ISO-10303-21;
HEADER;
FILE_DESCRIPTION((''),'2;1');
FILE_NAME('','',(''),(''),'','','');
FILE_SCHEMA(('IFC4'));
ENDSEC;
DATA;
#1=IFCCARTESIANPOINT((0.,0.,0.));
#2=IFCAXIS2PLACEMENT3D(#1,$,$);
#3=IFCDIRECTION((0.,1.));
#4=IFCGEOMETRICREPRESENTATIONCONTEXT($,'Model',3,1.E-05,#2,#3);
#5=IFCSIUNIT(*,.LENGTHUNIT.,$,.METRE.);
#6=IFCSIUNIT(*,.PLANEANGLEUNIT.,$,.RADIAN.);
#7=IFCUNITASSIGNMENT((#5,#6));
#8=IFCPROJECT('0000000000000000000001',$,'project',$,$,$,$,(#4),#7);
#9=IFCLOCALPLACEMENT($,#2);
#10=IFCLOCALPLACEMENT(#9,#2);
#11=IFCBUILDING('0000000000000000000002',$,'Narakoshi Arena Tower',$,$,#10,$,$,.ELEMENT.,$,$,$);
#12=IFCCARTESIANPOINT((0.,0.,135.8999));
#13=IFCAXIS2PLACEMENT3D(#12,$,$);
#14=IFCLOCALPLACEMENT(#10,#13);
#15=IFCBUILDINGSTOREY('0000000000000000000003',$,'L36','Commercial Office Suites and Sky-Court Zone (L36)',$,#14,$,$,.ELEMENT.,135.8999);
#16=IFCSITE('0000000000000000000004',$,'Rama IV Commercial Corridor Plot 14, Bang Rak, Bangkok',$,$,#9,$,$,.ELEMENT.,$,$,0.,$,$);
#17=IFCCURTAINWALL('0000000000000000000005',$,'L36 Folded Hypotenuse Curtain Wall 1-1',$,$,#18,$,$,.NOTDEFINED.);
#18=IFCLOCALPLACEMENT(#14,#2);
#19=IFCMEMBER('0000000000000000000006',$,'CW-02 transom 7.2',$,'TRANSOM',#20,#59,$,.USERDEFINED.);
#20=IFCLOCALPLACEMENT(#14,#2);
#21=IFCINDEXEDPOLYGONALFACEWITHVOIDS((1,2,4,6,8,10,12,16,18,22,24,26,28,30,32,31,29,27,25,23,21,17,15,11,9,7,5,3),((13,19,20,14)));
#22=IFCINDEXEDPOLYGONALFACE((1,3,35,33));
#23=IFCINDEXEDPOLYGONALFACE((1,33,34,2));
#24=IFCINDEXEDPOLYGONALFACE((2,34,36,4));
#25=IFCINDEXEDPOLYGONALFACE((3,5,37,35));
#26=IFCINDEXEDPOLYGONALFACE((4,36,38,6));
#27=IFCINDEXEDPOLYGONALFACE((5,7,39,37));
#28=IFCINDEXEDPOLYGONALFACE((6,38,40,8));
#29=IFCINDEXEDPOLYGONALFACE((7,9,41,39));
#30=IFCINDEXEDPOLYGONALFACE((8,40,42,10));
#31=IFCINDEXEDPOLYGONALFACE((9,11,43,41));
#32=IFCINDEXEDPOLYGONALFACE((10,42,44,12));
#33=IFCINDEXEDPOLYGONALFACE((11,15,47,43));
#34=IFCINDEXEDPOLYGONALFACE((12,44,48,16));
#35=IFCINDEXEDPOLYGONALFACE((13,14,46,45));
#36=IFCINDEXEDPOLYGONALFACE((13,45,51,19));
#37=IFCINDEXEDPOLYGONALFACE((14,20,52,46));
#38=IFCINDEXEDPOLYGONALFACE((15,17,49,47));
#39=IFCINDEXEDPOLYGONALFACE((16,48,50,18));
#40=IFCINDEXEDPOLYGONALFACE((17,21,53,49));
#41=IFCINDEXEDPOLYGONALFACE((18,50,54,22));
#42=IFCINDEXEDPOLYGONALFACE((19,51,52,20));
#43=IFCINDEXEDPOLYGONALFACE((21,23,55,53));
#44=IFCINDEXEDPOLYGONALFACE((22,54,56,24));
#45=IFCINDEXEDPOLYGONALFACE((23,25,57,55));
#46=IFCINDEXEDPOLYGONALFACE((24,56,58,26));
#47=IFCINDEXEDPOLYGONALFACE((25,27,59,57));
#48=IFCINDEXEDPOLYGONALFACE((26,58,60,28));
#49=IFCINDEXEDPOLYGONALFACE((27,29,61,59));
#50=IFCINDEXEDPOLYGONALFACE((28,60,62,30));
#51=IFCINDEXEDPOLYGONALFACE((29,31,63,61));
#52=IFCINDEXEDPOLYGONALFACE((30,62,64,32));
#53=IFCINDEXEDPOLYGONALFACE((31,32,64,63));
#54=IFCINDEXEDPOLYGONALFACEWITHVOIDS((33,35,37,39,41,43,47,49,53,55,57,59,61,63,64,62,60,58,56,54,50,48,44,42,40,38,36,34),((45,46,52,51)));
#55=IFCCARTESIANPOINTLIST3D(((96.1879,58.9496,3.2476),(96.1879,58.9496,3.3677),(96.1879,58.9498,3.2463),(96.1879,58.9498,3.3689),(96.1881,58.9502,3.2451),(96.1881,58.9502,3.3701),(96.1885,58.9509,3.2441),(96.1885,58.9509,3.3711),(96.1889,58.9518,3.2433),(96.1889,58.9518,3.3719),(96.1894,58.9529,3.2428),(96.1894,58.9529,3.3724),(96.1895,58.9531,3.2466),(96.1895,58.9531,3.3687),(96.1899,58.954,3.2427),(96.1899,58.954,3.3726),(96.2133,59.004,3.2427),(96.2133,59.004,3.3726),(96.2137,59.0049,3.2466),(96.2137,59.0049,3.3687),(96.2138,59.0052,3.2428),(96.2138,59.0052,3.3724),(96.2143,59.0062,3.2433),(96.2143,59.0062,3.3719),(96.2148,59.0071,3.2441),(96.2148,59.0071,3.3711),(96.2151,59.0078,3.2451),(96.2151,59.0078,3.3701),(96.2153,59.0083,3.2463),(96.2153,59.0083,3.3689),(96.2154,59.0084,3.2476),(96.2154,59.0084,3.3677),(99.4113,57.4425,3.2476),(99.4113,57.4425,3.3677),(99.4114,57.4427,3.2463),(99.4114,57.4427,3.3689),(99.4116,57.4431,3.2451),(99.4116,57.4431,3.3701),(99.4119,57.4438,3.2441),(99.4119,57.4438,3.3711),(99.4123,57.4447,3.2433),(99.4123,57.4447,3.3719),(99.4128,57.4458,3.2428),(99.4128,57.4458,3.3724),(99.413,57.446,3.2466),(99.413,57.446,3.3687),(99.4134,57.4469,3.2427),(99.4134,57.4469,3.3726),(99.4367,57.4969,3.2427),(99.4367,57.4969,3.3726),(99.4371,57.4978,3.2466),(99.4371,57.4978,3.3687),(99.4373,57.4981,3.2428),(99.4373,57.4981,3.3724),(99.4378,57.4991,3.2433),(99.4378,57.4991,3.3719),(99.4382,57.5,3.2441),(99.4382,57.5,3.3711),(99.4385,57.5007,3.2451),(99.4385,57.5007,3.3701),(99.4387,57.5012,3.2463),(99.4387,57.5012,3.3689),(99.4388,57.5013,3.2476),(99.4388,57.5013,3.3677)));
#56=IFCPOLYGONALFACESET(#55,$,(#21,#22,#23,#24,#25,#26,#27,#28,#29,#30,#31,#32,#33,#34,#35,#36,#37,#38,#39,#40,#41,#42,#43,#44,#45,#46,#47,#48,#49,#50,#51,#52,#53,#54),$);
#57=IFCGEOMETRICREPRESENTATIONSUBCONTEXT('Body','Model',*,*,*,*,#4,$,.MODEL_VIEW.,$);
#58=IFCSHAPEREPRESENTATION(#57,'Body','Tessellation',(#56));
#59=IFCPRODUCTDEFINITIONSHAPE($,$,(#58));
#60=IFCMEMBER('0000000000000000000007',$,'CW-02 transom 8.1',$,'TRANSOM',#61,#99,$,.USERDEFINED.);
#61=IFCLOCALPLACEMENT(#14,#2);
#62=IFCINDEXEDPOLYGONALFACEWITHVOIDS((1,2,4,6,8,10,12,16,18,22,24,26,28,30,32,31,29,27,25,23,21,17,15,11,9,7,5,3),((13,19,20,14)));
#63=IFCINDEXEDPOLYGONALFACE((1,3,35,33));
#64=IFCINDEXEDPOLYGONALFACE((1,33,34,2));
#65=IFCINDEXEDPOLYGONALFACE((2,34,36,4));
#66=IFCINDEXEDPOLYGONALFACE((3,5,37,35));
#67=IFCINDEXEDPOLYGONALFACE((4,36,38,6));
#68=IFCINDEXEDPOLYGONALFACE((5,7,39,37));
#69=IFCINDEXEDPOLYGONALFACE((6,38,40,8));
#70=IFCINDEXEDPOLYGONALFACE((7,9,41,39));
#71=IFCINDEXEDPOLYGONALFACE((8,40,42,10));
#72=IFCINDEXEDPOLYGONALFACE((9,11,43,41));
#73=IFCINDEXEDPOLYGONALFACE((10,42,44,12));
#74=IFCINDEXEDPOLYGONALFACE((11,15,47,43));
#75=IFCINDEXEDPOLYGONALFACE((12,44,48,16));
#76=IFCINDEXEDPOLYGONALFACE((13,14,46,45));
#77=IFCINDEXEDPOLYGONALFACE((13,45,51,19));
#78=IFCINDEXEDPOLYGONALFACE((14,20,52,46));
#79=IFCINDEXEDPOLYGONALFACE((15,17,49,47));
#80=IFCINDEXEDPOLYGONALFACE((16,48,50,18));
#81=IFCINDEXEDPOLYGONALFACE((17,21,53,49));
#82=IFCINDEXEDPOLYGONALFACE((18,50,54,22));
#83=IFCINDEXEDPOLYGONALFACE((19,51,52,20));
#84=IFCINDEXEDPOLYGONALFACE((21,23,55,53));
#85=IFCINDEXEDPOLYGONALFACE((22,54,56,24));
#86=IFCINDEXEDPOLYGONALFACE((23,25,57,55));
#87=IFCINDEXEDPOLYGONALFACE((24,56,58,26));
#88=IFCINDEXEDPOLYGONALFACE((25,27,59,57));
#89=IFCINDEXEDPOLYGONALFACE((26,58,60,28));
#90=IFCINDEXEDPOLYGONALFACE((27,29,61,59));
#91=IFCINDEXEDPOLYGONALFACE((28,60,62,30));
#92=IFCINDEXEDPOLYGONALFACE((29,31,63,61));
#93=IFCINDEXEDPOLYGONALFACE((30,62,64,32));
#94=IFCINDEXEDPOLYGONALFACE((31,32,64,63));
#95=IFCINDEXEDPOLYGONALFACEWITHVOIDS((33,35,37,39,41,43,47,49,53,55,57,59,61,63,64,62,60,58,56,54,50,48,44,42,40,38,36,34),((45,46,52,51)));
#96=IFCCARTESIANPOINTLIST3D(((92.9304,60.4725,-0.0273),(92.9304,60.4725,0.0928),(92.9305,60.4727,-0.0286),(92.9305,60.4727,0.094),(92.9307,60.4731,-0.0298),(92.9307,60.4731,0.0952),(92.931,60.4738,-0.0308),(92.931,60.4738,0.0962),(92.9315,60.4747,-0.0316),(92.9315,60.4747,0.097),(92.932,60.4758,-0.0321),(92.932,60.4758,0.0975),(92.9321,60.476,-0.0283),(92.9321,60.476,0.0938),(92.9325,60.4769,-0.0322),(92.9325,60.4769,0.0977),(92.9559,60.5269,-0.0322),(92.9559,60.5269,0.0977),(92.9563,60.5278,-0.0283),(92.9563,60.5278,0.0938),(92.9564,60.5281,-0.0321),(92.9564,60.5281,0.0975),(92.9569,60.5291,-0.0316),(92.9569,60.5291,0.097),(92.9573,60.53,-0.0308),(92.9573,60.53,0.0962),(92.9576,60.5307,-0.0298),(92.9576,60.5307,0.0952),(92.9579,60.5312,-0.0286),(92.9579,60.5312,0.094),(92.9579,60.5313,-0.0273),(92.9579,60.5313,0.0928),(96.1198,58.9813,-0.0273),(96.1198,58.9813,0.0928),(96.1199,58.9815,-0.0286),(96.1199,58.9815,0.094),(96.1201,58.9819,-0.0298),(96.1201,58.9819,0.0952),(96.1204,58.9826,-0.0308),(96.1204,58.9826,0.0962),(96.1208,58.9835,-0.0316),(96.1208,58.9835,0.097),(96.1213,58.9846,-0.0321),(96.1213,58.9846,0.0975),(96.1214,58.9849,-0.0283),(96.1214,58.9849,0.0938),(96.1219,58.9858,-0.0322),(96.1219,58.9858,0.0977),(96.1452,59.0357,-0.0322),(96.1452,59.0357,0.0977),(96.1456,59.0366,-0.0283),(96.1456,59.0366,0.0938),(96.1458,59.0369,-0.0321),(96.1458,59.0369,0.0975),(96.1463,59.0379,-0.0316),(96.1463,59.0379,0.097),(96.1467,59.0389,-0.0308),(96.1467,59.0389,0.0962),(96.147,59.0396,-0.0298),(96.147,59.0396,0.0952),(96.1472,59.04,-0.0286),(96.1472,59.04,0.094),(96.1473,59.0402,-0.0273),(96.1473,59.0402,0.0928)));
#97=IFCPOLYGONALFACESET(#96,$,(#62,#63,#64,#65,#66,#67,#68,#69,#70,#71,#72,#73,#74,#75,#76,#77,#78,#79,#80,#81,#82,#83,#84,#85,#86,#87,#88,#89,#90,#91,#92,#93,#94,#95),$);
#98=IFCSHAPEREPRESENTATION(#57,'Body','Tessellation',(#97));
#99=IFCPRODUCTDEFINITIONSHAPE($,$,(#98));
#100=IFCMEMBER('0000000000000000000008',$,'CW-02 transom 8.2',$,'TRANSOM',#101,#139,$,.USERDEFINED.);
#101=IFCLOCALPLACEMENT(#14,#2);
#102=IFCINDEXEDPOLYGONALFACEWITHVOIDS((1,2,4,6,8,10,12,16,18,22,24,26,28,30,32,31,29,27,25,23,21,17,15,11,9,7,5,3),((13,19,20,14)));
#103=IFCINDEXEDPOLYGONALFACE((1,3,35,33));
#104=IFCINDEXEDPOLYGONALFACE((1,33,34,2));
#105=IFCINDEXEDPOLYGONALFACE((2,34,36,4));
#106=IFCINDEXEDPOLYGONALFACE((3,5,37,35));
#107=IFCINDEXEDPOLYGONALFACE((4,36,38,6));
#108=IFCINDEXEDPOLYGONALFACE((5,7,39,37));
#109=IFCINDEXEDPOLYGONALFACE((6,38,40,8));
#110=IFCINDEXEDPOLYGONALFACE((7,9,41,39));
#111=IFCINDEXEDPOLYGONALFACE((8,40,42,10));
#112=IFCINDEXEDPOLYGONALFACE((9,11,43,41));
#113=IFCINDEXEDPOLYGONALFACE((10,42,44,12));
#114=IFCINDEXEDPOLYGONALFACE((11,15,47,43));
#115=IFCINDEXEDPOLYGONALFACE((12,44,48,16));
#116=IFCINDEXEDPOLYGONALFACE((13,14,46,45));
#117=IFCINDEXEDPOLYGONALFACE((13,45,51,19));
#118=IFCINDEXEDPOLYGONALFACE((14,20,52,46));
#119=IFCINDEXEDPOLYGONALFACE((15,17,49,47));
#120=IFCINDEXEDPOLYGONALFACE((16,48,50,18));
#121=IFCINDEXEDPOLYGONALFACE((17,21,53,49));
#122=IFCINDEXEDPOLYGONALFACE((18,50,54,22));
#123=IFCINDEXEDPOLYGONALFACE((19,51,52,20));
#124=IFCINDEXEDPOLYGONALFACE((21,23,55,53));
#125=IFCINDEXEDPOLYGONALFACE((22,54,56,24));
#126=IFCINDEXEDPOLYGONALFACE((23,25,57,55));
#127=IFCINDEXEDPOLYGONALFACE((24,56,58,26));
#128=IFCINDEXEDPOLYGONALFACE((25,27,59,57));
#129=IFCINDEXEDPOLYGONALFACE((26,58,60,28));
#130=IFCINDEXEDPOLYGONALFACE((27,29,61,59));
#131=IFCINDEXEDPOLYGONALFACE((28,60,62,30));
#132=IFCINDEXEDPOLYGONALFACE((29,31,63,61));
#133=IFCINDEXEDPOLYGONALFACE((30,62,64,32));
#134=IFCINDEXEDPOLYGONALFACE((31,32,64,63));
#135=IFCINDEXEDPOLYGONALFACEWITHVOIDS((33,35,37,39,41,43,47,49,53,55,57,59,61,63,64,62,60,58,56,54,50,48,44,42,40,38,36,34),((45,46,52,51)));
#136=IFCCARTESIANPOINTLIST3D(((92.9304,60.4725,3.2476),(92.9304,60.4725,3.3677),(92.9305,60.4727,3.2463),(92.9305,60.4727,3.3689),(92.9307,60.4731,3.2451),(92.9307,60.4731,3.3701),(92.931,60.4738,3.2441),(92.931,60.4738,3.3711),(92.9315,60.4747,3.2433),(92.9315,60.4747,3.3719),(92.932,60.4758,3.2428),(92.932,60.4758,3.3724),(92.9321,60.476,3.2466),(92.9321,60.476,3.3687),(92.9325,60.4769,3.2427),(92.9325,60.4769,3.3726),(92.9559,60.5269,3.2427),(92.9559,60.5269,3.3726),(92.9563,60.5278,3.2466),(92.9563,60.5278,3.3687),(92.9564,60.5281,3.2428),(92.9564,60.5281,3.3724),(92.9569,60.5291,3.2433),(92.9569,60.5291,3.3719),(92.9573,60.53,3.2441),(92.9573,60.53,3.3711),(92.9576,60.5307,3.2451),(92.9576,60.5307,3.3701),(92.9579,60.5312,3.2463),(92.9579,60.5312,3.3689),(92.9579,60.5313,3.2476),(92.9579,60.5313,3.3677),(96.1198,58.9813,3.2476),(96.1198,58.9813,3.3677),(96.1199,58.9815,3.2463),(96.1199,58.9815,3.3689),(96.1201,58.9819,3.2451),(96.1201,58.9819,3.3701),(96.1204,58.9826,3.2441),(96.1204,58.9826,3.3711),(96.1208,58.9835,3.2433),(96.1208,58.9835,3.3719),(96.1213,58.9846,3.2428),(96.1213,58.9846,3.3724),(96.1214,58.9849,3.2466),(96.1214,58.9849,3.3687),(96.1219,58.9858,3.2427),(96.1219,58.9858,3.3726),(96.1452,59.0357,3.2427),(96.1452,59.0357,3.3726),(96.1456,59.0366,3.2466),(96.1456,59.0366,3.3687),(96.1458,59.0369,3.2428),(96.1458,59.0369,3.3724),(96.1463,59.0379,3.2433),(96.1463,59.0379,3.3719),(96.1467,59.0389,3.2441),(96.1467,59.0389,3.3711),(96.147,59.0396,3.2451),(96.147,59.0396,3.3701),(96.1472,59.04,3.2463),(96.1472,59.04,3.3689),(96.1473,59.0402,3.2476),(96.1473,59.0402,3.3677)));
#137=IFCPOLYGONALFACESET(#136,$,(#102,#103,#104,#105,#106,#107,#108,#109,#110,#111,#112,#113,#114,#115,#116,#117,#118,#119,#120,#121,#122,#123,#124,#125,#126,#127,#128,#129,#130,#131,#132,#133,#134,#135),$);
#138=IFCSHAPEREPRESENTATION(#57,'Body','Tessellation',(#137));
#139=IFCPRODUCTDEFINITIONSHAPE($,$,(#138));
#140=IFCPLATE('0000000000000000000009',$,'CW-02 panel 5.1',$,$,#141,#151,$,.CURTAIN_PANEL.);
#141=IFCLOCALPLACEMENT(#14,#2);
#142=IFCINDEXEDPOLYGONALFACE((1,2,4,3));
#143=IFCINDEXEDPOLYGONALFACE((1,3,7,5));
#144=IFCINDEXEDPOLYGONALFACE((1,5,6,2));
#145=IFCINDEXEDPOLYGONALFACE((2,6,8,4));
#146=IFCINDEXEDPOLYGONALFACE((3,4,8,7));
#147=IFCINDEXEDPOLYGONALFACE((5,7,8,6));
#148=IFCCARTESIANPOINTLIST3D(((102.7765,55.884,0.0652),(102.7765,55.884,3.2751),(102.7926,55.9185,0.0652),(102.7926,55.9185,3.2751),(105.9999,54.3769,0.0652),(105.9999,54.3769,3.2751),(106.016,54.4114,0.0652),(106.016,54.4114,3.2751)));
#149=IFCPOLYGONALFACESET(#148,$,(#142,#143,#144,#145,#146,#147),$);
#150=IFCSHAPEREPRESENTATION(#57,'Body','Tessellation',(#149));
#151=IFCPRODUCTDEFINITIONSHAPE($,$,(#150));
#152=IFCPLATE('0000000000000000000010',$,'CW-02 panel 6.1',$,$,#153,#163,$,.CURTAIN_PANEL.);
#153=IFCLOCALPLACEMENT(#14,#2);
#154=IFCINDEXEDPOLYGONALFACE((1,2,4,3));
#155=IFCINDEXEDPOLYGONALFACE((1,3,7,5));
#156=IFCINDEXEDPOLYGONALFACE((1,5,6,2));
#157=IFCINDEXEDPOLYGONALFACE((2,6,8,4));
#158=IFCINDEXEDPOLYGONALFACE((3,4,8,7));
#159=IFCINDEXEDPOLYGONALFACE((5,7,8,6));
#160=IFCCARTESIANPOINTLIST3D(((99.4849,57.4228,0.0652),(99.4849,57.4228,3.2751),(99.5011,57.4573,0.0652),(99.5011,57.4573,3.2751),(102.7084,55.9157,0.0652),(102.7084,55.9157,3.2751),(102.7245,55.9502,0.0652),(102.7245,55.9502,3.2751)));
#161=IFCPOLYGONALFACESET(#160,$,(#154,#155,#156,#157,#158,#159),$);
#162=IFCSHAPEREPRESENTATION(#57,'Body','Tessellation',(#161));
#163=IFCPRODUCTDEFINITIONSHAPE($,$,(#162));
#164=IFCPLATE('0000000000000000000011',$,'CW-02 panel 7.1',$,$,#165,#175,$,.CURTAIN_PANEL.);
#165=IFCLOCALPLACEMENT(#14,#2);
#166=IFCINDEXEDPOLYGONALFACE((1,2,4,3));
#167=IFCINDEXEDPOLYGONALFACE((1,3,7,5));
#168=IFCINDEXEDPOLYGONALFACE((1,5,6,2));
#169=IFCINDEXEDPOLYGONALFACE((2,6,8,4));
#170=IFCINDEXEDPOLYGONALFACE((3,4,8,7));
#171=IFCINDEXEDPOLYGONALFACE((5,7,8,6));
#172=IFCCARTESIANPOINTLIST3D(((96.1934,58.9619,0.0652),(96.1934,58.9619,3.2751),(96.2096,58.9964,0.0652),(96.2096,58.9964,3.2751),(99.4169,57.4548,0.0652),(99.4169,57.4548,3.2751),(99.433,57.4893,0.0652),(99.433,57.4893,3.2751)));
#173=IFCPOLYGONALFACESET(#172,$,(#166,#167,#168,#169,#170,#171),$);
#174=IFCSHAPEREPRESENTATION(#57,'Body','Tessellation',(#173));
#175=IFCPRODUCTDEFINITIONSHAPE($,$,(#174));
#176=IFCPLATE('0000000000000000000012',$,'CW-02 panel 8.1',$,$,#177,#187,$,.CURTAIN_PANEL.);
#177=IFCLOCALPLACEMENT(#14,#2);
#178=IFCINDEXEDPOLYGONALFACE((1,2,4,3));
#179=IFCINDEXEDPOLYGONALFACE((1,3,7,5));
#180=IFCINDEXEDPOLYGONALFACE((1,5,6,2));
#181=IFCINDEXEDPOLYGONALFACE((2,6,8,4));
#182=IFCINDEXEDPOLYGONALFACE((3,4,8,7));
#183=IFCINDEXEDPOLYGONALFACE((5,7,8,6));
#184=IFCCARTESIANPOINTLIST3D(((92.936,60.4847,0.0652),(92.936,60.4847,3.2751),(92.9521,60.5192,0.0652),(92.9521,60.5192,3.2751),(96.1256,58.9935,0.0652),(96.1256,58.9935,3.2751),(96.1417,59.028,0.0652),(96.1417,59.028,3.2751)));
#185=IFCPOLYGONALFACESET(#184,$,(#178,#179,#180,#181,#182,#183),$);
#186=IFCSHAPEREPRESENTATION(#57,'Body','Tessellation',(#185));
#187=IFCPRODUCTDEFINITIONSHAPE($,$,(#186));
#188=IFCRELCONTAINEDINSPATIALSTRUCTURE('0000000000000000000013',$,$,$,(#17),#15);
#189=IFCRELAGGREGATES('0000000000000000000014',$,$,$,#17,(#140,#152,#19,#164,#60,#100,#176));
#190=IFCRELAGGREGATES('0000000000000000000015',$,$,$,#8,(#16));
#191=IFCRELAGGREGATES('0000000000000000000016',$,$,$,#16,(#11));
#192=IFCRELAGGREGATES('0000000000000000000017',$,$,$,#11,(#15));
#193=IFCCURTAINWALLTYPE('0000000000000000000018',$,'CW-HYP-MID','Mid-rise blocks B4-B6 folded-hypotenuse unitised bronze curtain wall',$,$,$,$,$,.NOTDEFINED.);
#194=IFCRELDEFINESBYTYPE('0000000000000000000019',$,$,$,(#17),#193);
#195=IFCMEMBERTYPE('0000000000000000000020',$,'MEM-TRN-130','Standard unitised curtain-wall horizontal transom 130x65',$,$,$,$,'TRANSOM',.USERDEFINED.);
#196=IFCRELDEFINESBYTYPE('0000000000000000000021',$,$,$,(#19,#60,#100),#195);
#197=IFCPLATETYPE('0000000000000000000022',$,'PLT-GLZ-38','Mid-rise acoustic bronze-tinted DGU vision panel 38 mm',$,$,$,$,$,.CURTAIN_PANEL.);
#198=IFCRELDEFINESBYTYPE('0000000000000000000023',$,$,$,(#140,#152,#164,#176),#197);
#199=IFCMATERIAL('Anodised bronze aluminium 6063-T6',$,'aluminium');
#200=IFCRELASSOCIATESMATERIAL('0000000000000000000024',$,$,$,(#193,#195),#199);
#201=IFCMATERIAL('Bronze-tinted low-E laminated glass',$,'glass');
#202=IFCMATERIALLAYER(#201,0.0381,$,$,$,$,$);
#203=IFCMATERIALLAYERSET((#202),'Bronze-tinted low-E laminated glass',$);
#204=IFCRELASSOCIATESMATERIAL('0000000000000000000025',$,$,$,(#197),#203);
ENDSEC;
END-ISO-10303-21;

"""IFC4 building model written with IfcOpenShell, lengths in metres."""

from ifc_helpers import new_model, si_unit, direction, frame, origin, origin_2d, place, context, subcontext, project, spatial, rectangle, hollow_rectangle, extrude, material, layer, layer_set, material_profile, profile_set, type_object, element, aggregate, save


model = new_model("IFC4")

# Units and contexts
model_context = context("Model", 3, precision=1e-05, world=origin(), true_north=direction((0.0, 1.0)))
body_context = subcontext(model_context, "Body", "Model", "MODEL_VIEW")
ifc_project = project(units=[si_unit("LENGTHUNIT", "METRE"), si_unit("PLANEANGLEUNIT", "RADIAN")], contexts=[model_context])

# Site, building, storey
site_placement = place(None, origin())
site = spatial("IfcSite", under=ifc_project, at=site_placement, Name="Rama IV Commercial Corridor Plot 14, Bang Rak, Bangkok", CompositionType="ELEMENT", RefElevation=0.0)
building_placement = place(site_placement, origin())
building = spatial("IfcBuilding", under=site, at=building_placement, Name="Narakoshi Arena Tower", CompositionType="ELEMENT")
storey_placement = place(building_placement, frame((0.0, 0.0, 135.8999)))
storey = spatial("IfcBuildingStorey", under=building, at=storey_placement, Name="L36", Description="Commercial Office Suites and Sky-Court Zone (L36)", CompositionType="ELEMENT", Elevation=135.8999)

# Curtain wall, members, plates
ifc_material_1 = material(Name="Anodised bronze aluminium 6063-T6", Category="aluminium")
curtain_wall_type = type_object("IfcCurtainWallType", Name="CW-HYP-MID", Description="Mid-rise blocks B4-B6 folded-hypotenuse unitised bronze curtain wall", PredefinedType="NOTDEFINED", material=ifc_material_1)
curtain_wall_placement = place(storey_placement, origin())
curtain_wall = element("IfcCurtainWall", 1, at=curtain_wall_placement, inside=storey, type_object=curtain_wall_type, Name="L36 Folded Hypotenuse Curtain Wall 1-1", PredefinedType="NOTDEFINED")
ifc_material_profile_1 = material_profile(ifc_material_1, hollow_rectangle(XDim=0.0649, YDim=0.1299, WallThickness=0.0039, OuterFilletRadius=0.0049, at=origin_2d()), Name="TRN130x65x4")
ifc_profile_set_1 = profile_set([ifc_material_profile_1], Name="Anodised bronze aluminium 6063-T6")
member_type_1 = type_object("IfcMemberType", Name="MEM-TRN-130", Description="Standard unitised curtain-wall horizontal transom 130x65", ElementType="TRANSOM", PredefinedType="USERDEFINED", material=ifc_profile_set_1)
member_1_placement = place(storey_placement, frame((99.425, 57.4719, 3.3076), z_axis=(-0.905878, 0.423539, 0.0), x_axis=(-0.423539, -0.905878, 0.0)))
member_1 = element("IfcMember", 2, at=member_1_placement, type_object=member_type_1, Name="CW-02 transom 7.2", ObjectType="TRANSOM", PredefinedType="USERDEFINED", context=body_context, shape_type="SweptSolid", body=[
    extrude(hollow_rectangle(XDim=0.0649, YDim=0.1299, WallThickness=0.0039, OuterFilletRadius=0.0049, at=origin_2d()), origin(), (0.0, 0.0, 1.0), 3.5583),
])
member_2_placement = place(storey_placement, frame((96.1335, 59.0107, 0.0327), z_axis=(-0.905878, 0.423538, 0.0), x_axis=(-0.423538, -0.905878, 0.0)))
member_2 = element("IfcMember", 3, at=member_2_placement, type_object=member_type_1, Name="CW-02 transom 8.1", ObjectType="TRANSOM", PredefinedType="USERDEFINED", context=body_context, shape_type="SweptSolid", body=[
    extrude(hollow_rectangle(XDim=0.0649, YDim=0.1299, WallThickness=0.0039, OuterFilletRadius=0.0049, at=origin_2d()), origin(), (0.0, 0.0, 1.0), 3.5208),
])
member_3_placement = place(storey_placement, frame((96.1335, 59.0107, 3.3076), z_axis=(-0.905878, 0.423538, 0.0), x_axis=(-0.423538, -0.905878, 0.0)))
member_3 = element("IfcMember", 4, at=member_3_placement, type_object=member_type_1, Name="CW-02 transom 8.2", ObjectType="TRANSOM", PredefinedType="USERDEFINED", context=body_context, shape_type="SweptSolid", body=[
    extrude(hollow_rectangle(XDim=0.0649, YDim=0.1299, WallThickness=0.0039, OuterFilletRadius=0.0049, at=origin_2d()), origin(), (0.0, 0.0, 1.0), 3.5208),
])
ifc_material_2 = material(Name="Bronze-tinted low-E laminated glass", Category="glass")
ifc_layer_1 = layer(ifc_material_2, 0.0381)
ifc_layer_set_1 = layer_set([ifc_layer_1], Name="Bronze-tinted low-E laminated glass")
plate_type = type_object("IfcPlateType", Name="PLT-GLZ-38", Description="Mid-rise acoustic bronze-tinted DGU vision panel 38 mm", PredefinedType="CURTAIN_PANEL", material=ifc_layer_set_1)
plate_1_placement = place(storey_placement, frame((104.3962, 55.1477, 0.0652), z_axis=(0.0, 0.0, 1.0), x_axis=(-0.905881, 0.423532, 0.0)))
plate_1 = element("IfcPlate", 5, at=plate_1_placement, type_object=plate_type, Name="CW-02 panel 5.1", PredefinedType="CURTAIN_PANEL", context=body_context, shape_type="SweptSolid", body=[
    extrude(rectangle(XDim=3.5583, YDim=0.0381, at=origin_2d()), origin(), (0.0, 0.0, 1.0), 3.21),
])
plate_2_placement = place(storey_placement, frame((101.1047, 56.6865, 0.0652), z_axis=(0.0, 0.0, 1.0), x_axis=(-0.905881, 0.423532, 0.0)))
plate_2 = element("IfcPlate", 6, at=plate_2_placement, type_object=plate_type, Name="CW-02 panel 6.1", PredefinedType="CURTAIN_PANEL", context=body_context, shape_type="SweptSolid", body=[
    extrude(rectangle(XDim=3.5583, YDim=0.0381, at=origin_2d()), origin(), (0.0, 0.0, 1.0), 3.21),
])
plate_3_placement = place(storey_placement, frame((97.8132, 58.2256, 0.0652), z_axis=(0.0, 0.0, 1.0), x_axis=(-0.905881, 0.423532, 0.0)))
plate_3 = element("IfcPlate", 7, at=plate_3_placement, type_object=plate_type, Name="CW-02 panel 7.1", PredefinedType="CURTAIN_PANEL", context=body_context, shape_type="SweptSolid", body=[
    extrude(rectangle(XDim=3.5583, YDim=0.0381, at=origin_2d()), origin(), (0.0, 0.0, 1.0), 3.21),
])
plate_4_placement = place(storey_placement, frame((94.5388, 59.7563, 0.0652), z_axis=(0.0, 0.0, 1.0), x_axis=(-0.905881, 0.423532, 0.0)))
plate_4 = element("IfcPlate", 8, at=plate_4_placement, type_object=plate_type, Name="CW-02 panel 8.1", PredefinedType="CURTAIN_PANEL", context=body_context, shape_type="SweptSolid", body=[
    extrude(rectangle(XDim=3.521, YDim=0.0381, at=origin_2d()), origin(), (0.0, 0.0, 1.0), 3.21),
])
aggregate(curtain_wall, [plate_1, plate_2, member_1, plate_3, member_2, member_3, plate_4])

save(model, "model.ifc")
